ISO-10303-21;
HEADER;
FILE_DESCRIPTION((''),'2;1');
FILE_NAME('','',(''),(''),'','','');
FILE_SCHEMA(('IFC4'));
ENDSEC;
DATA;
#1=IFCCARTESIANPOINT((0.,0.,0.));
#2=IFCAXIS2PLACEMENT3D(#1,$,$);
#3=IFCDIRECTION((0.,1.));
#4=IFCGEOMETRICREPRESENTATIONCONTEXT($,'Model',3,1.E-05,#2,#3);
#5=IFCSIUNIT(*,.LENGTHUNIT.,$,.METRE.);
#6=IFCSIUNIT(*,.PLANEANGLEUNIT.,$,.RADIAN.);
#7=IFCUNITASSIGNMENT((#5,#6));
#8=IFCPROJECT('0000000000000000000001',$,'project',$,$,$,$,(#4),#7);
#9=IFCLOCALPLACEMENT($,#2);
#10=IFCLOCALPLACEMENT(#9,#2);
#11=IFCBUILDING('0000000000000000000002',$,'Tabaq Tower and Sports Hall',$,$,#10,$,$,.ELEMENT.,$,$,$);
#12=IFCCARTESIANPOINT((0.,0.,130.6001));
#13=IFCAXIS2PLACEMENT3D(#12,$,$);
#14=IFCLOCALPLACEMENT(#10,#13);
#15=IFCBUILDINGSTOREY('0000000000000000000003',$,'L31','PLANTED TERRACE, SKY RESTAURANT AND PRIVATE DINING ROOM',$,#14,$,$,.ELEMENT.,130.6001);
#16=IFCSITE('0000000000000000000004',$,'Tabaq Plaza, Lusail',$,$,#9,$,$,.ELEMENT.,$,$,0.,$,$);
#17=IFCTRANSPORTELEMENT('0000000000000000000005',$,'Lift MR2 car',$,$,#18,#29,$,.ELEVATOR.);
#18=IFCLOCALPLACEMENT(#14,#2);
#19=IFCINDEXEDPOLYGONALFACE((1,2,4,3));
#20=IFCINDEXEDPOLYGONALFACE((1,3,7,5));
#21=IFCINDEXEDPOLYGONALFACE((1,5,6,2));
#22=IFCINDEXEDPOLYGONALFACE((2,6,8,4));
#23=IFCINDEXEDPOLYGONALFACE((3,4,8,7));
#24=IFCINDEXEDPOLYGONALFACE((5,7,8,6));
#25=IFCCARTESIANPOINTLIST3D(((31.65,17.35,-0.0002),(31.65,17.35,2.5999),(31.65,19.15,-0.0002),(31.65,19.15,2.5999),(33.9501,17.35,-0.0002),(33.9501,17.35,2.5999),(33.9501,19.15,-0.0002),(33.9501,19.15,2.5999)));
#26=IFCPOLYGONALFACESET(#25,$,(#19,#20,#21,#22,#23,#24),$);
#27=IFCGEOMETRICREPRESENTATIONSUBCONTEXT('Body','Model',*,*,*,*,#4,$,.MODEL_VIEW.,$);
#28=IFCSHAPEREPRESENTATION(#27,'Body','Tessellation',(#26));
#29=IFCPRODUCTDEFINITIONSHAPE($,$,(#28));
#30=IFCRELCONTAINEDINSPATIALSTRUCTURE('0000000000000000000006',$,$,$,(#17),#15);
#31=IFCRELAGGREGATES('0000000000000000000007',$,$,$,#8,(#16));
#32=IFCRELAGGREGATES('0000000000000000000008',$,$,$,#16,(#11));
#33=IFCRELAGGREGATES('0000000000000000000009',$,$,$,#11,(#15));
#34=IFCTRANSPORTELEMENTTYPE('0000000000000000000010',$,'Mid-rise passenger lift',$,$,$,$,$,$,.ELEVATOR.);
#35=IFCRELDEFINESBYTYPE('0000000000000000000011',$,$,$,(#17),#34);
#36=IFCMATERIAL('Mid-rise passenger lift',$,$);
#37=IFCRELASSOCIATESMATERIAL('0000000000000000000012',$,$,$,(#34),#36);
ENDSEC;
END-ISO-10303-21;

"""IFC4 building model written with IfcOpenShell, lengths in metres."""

from ifc_helpers import new_model, si_unit, direction, frame, origin, origin_2d, place, context, subcontext, project, spatial, rectangle, extrude, material, type_object, element, save


model = new_model("IFC4")

# Units and contexts
model_context = context("Model", 3, precision=1e-05, world=origin(), true_north=direction((0.0, 1.0)))
body_context = subcontext(model_context, "Body", "Model", "MODEL_VIEW")
ifc_project = project(units=[si_unit("LENGTHUNIT", "METRE"), si_unit("PLANEANGLEUNIT", "RADIAN")], contexts=[model_context])

# Site, building, storey
site_placement = place(None, origin())
site = spatial("IfcSite", under=ifc_project, at=site_placement, Name="Tabaq Plaza, Lusail", CompositionType="ELEMENT", RefElevation=0.0)
building_placement = place(site_placement, origin())
building = spatial("IfcBuilding", under=site, at=building_placement, Name="Tabaq Tower and Sports Hall", CompositionType="ELEMENT")
storey_placement = place(building_placement, frame((0.0, 0.0, 130.6001)))
storey = spatial("IfcBuildingStorey", under=building, at=storey_placement, Name="L31", Description="PLANTED TERRACE, SKY RESTAURANT AND PRIVATE DINING ROOM", CompositionType="ELEMENT", Elevation=130.6001)

# Transport element
ifc_material_1 = material(Name="Mid-rise passenger lift")
transport_element_type = type_object("IfcTransportElementType", Name="Mid-rise passenger lift", PredefinedType="ELEVATOR", material=ifc_material_1)
transport_element_placement = place(storey_placement, frame((32.8, 18.25, -0.0002), z_axis=(0.0, 0.0, 1.0), x_axis=(1.0, 0.0, 0.0)))
element("IfcTransportElement", 1, at=transport_element_placement, inside=storey, type_object=transport_element_type, Name="Lift MR2 car", PredefinedType="ELEVATOR", context=body_context, shape_type="SweptSolid", body=[
    extrude(rectangle(XDim=2.3, YDim=1.8, at=origin_2d()), origin(), (0.0, 0.0, 1.0), 2.6001),
])

save(model, "model.ifc")
